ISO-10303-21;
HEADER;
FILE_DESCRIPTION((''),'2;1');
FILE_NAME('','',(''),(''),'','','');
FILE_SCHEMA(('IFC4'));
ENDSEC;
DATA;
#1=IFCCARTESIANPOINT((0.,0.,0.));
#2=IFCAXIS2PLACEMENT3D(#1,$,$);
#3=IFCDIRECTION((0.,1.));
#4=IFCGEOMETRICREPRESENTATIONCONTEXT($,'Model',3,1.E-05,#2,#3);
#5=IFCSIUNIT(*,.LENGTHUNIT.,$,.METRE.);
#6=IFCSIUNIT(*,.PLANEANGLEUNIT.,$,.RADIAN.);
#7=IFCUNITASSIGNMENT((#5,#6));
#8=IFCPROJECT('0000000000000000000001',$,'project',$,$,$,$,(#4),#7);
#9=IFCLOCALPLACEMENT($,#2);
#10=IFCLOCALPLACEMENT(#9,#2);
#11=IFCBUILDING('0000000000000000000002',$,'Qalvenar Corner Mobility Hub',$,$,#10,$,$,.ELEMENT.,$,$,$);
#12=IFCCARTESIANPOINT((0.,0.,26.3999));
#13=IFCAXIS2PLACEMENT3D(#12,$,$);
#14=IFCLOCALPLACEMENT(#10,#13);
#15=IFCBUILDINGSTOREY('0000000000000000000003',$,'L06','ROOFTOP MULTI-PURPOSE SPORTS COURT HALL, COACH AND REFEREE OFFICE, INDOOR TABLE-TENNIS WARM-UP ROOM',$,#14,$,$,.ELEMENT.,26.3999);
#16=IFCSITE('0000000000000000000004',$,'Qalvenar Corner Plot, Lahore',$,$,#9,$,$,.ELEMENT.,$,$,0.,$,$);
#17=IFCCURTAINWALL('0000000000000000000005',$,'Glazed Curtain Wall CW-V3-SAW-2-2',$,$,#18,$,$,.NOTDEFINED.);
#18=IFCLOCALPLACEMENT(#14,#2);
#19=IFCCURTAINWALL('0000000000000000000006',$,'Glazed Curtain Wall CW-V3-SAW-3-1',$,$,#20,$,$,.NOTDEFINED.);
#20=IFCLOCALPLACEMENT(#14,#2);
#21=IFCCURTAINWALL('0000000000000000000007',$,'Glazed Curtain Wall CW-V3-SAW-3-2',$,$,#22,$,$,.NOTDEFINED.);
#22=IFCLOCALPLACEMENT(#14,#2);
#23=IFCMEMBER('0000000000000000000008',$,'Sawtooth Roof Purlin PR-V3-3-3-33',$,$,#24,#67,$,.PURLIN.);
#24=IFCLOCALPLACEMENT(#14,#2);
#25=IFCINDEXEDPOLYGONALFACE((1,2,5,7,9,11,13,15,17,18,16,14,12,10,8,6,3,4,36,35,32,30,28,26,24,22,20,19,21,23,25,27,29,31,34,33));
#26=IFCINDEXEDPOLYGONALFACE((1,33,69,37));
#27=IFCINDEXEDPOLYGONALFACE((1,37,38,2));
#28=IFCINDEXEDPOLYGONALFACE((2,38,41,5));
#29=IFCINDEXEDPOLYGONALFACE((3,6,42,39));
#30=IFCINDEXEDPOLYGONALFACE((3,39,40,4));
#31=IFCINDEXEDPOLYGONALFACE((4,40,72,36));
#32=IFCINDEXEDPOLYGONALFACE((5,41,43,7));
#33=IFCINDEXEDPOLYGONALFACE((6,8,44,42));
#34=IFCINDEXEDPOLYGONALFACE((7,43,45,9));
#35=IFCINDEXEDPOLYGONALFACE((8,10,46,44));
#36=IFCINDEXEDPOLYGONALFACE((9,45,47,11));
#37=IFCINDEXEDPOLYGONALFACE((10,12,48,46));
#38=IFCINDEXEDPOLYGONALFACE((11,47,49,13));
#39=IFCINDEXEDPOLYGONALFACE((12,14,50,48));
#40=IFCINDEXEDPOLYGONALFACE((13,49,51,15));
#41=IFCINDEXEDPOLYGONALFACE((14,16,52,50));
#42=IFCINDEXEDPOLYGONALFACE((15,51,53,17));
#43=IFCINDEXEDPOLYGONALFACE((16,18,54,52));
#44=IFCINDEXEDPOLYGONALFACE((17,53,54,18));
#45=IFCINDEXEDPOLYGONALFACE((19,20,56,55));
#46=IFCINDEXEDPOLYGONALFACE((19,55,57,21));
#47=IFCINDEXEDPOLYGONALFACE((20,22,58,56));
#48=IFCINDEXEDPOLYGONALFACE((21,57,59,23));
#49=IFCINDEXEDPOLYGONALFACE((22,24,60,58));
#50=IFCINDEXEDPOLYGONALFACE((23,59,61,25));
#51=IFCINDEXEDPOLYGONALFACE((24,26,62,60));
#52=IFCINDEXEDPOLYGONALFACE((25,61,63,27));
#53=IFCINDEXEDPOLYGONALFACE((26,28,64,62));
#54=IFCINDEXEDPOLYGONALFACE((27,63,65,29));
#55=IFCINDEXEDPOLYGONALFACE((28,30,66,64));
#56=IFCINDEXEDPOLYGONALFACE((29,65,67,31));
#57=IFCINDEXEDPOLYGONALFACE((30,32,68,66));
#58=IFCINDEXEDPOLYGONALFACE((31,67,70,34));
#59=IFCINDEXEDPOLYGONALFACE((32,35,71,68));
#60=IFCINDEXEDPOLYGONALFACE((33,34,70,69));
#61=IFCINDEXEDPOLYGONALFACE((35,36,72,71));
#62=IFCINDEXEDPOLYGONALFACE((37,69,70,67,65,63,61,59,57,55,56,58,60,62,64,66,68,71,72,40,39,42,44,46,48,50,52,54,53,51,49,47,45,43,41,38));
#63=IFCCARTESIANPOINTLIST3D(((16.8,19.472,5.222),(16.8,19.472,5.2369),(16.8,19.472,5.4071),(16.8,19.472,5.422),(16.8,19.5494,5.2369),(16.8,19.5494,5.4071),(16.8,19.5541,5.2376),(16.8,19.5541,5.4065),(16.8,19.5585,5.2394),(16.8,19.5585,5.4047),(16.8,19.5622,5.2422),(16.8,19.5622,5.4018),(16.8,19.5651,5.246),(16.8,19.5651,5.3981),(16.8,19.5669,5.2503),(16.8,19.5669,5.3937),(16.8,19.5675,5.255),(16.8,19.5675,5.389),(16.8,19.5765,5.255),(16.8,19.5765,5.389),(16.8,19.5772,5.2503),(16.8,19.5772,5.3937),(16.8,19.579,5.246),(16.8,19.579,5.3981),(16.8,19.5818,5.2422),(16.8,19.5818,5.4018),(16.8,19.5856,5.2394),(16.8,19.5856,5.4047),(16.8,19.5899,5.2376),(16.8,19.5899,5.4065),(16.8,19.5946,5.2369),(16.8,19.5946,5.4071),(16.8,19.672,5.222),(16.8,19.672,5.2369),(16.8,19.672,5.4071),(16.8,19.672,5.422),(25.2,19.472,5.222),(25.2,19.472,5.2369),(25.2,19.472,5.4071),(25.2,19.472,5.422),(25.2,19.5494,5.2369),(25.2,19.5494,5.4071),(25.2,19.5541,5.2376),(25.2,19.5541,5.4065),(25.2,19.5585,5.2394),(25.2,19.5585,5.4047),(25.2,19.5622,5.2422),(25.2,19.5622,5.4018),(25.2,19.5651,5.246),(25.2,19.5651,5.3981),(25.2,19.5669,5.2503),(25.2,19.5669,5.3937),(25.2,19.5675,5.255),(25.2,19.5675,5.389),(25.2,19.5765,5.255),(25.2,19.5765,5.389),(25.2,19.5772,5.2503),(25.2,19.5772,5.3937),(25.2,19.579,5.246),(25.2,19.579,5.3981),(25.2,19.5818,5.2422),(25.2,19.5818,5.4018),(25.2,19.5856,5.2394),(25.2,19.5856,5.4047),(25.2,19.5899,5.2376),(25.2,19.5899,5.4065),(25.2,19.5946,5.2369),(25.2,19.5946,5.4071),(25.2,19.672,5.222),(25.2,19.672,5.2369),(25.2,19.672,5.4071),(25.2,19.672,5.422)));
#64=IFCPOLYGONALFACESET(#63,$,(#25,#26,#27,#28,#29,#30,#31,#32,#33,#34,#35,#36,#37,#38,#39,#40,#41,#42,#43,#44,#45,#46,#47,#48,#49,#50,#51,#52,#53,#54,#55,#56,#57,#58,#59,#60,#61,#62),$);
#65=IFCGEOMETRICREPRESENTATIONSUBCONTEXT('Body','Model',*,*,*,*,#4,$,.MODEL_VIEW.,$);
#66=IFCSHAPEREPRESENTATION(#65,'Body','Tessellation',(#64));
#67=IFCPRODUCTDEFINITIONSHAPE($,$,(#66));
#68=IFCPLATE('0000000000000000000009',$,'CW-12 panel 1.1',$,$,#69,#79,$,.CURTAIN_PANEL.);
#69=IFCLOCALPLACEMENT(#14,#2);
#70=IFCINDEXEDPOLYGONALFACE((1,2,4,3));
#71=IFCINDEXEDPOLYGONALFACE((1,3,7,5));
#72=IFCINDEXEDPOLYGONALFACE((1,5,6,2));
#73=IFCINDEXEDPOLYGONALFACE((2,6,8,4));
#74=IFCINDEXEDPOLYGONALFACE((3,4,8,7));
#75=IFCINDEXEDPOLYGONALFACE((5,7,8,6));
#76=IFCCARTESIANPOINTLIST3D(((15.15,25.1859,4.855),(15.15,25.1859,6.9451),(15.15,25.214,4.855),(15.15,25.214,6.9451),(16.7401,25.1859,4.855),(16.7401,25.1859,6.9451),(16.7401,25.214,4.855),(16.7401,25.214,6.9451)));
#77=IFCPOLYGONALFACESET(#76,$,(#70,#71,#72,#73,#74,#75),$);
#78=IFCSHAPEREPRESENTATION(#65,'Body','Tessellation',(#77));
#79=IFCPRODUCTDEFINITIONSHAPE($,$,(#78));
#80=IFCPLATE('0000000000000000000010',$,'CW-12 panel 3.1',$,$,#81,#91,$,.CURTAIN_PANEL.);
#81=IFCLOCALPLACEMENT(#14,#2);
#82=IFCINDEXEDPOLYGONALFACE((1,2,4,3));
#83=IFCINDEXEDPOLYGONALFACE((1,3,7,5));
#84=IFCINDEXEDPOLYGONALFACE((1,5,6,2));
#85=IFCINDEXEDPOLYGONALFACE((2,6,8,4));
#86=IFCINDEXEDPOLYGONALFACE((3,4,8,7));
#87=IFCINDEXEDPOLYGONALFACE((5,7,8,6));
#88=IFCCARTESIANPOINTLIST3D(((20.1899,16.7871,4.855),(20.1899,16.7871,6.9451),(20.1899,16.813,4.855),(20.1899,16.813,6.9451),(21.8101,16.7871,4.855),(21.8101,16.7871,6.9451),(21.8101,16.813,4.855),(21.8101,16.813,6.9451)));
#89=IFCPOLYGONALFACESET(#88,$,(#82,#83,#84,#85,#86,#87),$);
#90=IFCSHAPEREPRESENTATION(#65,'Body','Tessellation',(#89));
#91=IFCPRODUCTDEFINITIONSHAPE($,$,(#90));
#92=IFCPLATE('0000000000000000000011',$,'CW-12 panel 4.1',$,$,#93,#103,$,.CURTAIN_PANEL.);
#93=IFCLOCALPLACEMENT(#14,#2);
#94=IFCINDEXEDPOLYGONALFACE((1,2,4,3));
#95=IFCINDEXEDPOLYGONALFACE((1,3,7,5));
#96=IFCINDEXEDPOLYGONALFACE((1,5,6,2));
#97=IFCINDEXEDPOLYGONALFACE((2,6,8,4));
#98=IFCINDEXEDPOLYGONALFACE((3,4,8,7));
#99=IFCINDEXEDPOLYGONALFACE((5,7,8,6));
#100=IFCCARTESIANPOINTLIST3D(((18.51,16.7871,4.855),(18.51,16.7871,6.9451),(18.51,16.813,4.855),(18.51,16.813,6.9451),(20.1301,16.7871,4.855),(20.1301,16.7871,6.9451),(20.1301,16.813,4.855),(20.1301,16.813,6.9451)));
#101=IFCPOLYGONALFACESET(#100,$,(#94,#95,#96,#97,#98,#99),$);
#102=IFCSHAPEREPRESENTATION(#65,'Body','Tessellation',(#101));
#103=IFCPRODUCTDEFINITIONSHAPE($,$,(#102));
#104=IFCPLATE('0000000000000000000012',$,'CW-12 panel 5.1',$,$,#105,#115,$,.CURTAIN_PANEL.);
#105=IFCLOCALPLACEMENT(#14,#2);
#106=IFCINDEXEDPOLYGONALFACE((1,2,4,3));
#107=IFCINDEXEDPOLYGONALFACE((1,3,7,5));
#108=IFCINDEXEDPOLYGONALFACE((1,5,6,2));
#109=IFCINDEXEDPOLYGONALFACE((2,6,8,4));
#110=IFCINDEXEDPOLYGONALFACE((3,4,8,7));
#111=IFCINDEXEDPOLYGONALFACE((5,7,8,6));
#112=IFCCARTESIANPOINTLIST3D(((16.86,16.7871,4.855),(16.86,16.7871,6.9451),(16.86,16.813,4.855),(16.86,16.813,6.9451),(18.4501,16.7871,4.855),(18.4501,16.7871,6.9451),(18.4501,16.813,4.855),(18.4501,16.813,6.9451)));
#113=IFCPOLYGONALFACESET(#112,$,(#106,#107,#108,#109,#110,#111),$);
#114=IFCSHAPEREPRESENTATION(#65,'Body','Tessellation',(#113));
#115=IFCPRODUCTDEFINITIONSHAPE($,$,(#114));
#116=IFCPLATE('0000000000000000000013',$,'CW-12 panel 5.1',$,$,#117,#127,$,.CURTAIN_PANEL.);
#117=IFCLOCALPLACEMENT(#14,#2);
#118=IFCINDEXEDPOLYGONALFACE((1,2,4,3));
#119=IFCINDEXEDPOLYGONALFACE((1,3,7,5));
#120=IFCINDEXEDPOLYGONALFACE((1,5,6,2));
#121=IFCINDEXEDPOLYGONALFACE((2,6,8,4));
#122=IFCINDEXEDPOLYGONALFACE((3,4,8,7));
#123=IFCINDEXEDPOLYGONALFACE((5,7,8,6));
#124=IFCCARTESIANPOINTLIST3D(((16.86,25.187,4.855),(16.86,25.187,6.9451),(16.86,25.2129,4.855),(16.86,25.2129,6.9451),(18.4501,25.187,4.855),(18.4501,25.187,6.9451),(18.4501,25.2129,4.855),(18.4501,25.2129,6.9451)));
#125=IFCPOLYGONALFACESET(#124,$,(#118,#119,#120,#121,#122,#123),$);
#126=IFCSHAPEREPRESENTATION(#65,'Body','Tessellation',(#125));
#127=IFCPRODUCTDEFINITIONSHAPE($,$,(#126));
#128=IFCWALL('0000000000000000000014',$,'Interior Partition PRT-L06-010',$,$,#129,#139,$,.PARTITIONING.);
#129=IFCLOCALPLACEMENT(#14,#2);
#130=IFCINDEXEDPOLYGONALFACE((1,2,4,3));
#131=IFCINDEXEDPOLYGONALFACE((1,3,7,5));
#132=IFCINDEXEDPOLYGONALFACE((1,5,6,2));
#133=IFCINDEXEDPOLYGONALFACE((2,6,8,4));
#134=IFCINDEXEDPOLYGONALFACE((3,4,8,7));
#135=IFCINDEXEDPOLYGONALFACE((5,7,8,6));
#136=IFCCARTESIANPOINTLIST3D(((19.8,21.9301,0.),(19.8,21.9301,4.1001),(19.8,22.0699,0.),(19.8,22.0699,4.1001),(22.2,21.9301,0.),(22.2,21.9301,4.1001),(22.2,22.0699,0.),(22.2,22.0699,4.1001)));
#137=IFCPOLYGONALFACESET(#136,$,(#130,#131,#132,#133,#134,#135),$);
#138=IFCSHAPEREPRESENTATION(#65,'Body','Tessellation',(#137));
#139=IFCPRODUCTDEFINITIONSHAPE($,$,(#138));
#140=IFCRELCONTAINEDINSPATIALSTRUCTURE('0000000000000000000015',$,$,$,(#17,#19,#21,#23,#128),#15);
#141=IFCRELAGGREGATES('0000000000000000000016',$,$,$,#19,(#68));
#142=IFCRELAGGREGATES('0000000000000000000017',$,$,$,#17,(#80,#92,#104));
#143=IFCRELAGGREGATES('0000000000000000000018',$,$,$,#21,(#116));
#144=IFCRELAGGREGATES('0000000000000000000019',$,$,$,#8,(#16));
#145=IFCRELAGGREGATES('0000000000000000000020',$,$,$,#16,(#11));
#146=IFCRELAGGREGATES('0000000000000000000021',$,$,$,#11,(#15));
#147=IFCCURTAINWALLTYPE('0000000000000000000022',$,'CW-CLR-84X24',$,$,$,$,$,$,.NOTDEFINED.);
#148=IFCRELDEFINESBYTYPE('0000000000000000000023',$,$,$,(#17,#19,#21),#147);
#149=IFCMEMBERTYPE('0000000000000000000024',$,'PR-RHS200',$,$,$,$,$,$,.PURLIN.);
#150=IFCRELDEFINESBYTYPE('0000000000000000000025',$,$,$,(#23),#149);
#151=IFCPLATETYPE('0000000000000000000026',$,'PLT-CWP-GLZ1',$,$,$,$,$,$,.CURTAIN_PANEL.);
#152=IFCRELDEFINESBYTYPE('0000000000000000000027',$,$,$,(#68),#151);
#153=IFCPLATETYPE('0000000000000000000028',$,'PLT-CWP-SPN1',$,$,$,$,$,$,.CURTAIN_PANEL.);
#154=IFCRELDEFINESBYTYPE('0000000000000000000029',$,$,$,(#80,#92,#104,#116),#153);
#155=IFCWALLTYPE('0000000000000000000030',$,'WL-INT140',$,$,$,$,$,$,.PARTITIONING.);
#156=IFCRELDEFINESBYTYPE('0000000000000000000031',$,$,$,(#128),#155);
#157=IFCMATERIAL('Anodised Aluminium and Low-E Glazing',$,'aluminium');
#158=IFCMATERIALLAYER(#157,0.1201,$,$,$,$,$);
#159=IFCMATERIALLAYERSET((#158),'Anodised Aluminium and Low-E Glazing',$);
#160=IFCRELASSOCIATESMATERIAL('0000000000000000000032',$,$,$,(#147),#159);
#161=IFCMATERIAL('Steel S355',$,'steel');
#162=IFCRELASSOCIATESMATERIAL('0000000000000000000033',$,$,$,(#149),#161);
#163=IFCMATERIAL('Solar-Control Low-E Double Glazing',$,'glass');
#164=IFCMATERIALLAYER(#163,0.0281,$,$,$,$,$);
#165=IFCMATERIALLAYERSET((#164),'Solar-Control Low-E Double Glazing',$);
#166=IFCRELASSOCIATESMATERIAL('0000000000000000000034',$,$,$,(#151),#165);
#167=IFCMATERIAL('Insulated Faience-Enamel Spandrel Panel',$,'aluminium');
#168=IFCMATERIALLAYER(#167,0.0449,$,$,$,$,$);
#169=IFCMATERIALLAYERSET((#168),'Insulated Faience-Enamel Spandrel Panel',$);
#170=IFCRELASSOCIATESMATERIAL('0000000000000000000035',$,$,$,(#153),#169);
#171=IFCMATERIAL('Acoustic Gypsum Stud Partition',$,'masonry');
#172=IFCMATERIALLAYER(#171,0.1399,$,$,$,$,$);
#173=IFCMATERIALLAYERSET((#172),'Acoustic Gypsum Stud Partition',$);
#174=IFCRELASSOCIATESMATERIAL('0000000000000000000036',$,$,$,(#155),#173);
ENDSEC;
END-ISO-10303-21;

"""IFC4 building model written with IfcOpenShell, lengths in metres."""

from ifc_helpers import new_model, si_unit, direction, frame, frame_2d, origin, origin_2d, place, context, subcontext, project, spatial, rectangle, i_section, extrude, material, layer, layer_set, material_profile, profile_set, type_object, element, aggregate, save


model = new_model("IFC4")

# Units and contexts
model_context = context("Model", 3, precision=1e-05, world=origin(), true_north=direction((0.0, 1.0)))
body_context = subcontext(model_context, "Body", "Model", "MODEL_VIEW")
ifc_project = project(units=[si_unit("LENGTHUNIT", "METRE"), si_unit("PLANEANGLEUNIT", "RADIAN")], contexts=[model_context])

# Site, building, storey
site_placement = place(None, origin())
site = spatial("IfcSite", under=ifc_project, at=site_placement, Name="Qalvenar Corner Plot, Lahore", CompositionType="ELEMENT", RefElevation=0.0)
building_placement = place(site_placement, origin())
building = spatial("IfcBuilding", under=site, at=building_placement, Name="Qalvenar Corner Mobility Hub", CompositionType="ELEMENT")
storey_placement = place(building_placement, frame((0.0, 0.0, 26.3999)))
storey = spatial("IfcBuildingStorey", under=building, at=storey_placement, Name="L06", Description="ROOFTOP MULTI-PURPOSE SPORTS COURT HALL, COACH AND REFEREE OFFICE, INDOOR TABLE-TENNIS WARM-UP ROOM", CompositionType="ELEMENT", Elevation=26.3999)

# Shared definitions
ifc_material_1 = material(Name="Steel S355", Category="steel")

# Curtain walls
ifc_material_2 = material(Name="Anodised Aluminium and Low-E Glazing", Category="aluminium")
ifc_layer_1 = layer(ifc_material_2, 0.1201)
ifc_layer_set_1 = layer_set([ifc_layer_1], Name="Anodised Aluminium and Low-E Glazing")
curtain_wall_type = type_object("IfcCurtainWallType", Name="CW-CLR-84X24", PredefinedType="NOTDEFINED", material=ifc_layer_set_1)
curtain_wall_1_placement = place(storey_placement, origin())
curtain_wall_1 = element("IfcCurtainWall", 1, at=curtain_wall_1_placement, inside=storey, type_object=curtain_wall_type, Name="Glazed Curtain Wall CW-V3-SAW-2-2", PredefinedType="NOTDEFINED")
curtain_wall_2_placement = place(storey_placement, origin())
curtain_wall_2 = element("IfcCurtainWall", 2, at=curtain_wall_2_placement, inside=storey, type_object=curtain_wall_type, Name="Glazed Curtain Wall CW-V3-SAW-3-1", PredefinedType="NOTDEFINED")

# Curtain wall
curtain_wall_3_placement = place(storey_placement, origin())
curtain_wall_3 = element("IfcCurtainWall", 3, at=curtain_wall_3_placement, inside=storey, type_object=curtain_wall_type, Name="Glazed Curtain Wall CW-V3-SAW-3-2", PredefinedType="NOTDEFINED")

# Member
ifc_material_profile_1 = material_profile(ifc_material_1, i_section(OverallWidth=0.2, OverallDepth=0.2, WebThickness=0.009, FlangeThickness=0.0149, FilletRadius=0.0181, at=origin_2d()), Name="HEB200")
ifc_profile_set_1 = profile_set([ifc_material_profile_1], Name="Steel S355")
member_type_1 = type_object("IfcMemberType", Name="PR-RHS200", PredefinedType="PURLIN", material=ifc_profile_set_1)
member_1_placement = place(storey_placement, frame((16.8, 19.572, 5.322), z_axis=(1.0, 0.0, 0.0), x_axis=(0.0, 1.0, 0.0)))
element("IfcMember", 4, at=member_1_placement, inside=storey, type_object=member_type_1, Name="Sawtooth Roof Purlin PR-V3-3-3-33", PredefinedType="PURLIN", context=body_context, shape_type="SweptSolid", body=[
    extrude(i_section(OverallWidth=0.2, OverallDepth=0.2, WebThickness=0.009, FlangeThickness=0.0149, FilletRadius=0.0181, at=origin_2d()), origin(), (0.0, 0.0, 1.0), 8.3999),
])

# Plates
ifc_material_3 = material(Name="Solar-Control Low-E Double Glazing", Category="glass")
ifc_layer_2 = layer(ifc_material_3, 0.0281)
ifc_layer_set_2 = layer_set([ifc_layer_2], Name="Solar-Control Low-E Double Glazing")
plate_type_1 = type_object("IfcPlateType", Name="PLT-CWP-GLZ1", PredefinedType="CURTAIN_PANEL", material=ifc_layer_set_2)
plate_1_placement = place(storey_placement, frame((15.9451, 25.2, 4.855), z_axis=(0.0, 0.0, 1.0), x_axis=(-1.0, 0.0, 0.0)))
plate_1 = element("IfcPlate", 5, at=plate_1_placement, type_object=plate_type_1, Name="CW-12 panel 1.1", PredefinedType="CURTAIN_PANEL", context=body_context, shape_type="SweptSolid", body=[
    extrude(rectangle(XDim=1.5901, YDim=0.0281, at=origin_2d()), origin(), (0.0, 0.0, 1.0), 2.0901),
])
aggregate(curtain_wall_2, [plate_1])
ifc_material_4 = material(Name="Insulated Faience-Enamel Spandrel Panel", Category="aluminium")
ifc_layer_3 = layer(ifc_material_4, 0.0449)
ifc_layer_set_3 = layer_set([ifc_layer_3], Name="Insulated Faience-Enamel Spandrel Panel")
plate_type_2 = type_object("IfcPlateType", Name="PLT-CWP-SPN1", PredefinedType="CURTAIN_PANEL", material=ifc_layer_set_3)
plate_2_placement = place(storey_placement, frame((21.0, 16.8, 4.855), z_axis=(0.0, 0.0, 1.0), x_axis=(-1.0, 0.0, 0.0)))
plate_2 = element("IfcPlate", 6, at=plate_2_placement, type_object=plate_type_2, Name="CW-12 panel 3.1", PredefinedType="CURTAIN_PANEL", context=body_context, shape_type="SweptSolid", body=[
    extrude(rectangle(XDim=1.6201, YDim=0.0259, at=origin_2d()), origin(), (0.0, 0.0, 1.0), 2.0901),
])
plate_3_placement = place(storey_placement, frame((19.3201, 16.8, 4.855), z_axis=(0.0, 0.0, 1.0), x_axis=(-1.0, 0.0, 0.0)))
plate_3 = element("IfcPlate", 7, at=plate_3_placement, type_object=plate_type_2, Name="CW-12 panel 4.1", PredefinedType="CURTAIN_PANEL", context=body_context, shape_type="SweptSolid", body=[
    extrude(rectangle(XDim=1.6201, YDim=0.0259, at=origin_2d()), origin(), (0.0, 0.0, 1.0), 2.0901),
])
plate_4_placement = place(storey_placement, frame((17.655, 16.8, 4.855), z_axis=(0.0, 0.0, 1.0), x_axis=(-1.0, 0.0, 0.0)))
plate_4 = element("IfcPlate", 8, at=plate_4_placement, type_object=plate_type_2, Name="CW-12 panel 5.1", PredefinedType="CURTAIN_PANEL", context=body_context, shape_type="SweptSolid", body=[
    extrude(rectangle(XDim=1.5901, YDim=0.0259, at=origin_2d()), origin(), (0.0, 0.0, 1.0), 2.0901),
])
aggregate(curtain_wall_1, [plate_2, plate_3, plate_4])
plate_5_placement = place(storey_placement, frame((17.655, 25.2, 4.855), z_axis=(0.0, 0.0, 1.0), x_axis=(-1.0, 0.0, 0.0)))
plate_5 = element("IfcPlate", 9, at=plate_5_placement, type_object=plate_type_2, Name="CW-12 panel 5.1", PredefinedType="CURTAIN_PANEL", context=body_context, shape_type="SweptSolid", body=[
    extrude(rectangle(XDim=1.5901, YDim=0.0259, at=origin_2d()), origin(), (0.0, 0.0, 1.0), 2.0901),
])
aggregate(curtain_wall_3, [plate_5])

# Wall
ifc_material_5 = material(Name="Acoustic Gypsum Stud Partition", Category="masonry")
ifc_layer_4 = layer(ifc_material_5, 0.1399)
ifc_layer_set_4 = layer_set([ifc_layer_4], Name="Acoustic Gypsum Stud Partition")
wall_type = type_object("IfcWallType", Name="WL-INT140", PredefinedType="PARTITIONING", material=ifc_layer_set_4)
wall_placement = place(storey_placement, frame((19.8, 22.0, 0.0), z_axis=(0.0, 0.0, 1.0), x_axis=(1.0, 0.0, 0.0)))
element("IfcWall", 10, at=wall_placement, inside=storey, type_object=wall_type, Name="Interior Partition PRT-L06-010", PredefinedType="PARTITIONING", context=body_context, shape_type="SweptSolid", body=[
    extrude(rectangle(XDim=2.3999, YDim=0.1399, at=frame_2d((1.2, 0.0))), origin(), (0.0, 0.0, 1.0), 4.1001),
])

save(model, "model.ifc")
